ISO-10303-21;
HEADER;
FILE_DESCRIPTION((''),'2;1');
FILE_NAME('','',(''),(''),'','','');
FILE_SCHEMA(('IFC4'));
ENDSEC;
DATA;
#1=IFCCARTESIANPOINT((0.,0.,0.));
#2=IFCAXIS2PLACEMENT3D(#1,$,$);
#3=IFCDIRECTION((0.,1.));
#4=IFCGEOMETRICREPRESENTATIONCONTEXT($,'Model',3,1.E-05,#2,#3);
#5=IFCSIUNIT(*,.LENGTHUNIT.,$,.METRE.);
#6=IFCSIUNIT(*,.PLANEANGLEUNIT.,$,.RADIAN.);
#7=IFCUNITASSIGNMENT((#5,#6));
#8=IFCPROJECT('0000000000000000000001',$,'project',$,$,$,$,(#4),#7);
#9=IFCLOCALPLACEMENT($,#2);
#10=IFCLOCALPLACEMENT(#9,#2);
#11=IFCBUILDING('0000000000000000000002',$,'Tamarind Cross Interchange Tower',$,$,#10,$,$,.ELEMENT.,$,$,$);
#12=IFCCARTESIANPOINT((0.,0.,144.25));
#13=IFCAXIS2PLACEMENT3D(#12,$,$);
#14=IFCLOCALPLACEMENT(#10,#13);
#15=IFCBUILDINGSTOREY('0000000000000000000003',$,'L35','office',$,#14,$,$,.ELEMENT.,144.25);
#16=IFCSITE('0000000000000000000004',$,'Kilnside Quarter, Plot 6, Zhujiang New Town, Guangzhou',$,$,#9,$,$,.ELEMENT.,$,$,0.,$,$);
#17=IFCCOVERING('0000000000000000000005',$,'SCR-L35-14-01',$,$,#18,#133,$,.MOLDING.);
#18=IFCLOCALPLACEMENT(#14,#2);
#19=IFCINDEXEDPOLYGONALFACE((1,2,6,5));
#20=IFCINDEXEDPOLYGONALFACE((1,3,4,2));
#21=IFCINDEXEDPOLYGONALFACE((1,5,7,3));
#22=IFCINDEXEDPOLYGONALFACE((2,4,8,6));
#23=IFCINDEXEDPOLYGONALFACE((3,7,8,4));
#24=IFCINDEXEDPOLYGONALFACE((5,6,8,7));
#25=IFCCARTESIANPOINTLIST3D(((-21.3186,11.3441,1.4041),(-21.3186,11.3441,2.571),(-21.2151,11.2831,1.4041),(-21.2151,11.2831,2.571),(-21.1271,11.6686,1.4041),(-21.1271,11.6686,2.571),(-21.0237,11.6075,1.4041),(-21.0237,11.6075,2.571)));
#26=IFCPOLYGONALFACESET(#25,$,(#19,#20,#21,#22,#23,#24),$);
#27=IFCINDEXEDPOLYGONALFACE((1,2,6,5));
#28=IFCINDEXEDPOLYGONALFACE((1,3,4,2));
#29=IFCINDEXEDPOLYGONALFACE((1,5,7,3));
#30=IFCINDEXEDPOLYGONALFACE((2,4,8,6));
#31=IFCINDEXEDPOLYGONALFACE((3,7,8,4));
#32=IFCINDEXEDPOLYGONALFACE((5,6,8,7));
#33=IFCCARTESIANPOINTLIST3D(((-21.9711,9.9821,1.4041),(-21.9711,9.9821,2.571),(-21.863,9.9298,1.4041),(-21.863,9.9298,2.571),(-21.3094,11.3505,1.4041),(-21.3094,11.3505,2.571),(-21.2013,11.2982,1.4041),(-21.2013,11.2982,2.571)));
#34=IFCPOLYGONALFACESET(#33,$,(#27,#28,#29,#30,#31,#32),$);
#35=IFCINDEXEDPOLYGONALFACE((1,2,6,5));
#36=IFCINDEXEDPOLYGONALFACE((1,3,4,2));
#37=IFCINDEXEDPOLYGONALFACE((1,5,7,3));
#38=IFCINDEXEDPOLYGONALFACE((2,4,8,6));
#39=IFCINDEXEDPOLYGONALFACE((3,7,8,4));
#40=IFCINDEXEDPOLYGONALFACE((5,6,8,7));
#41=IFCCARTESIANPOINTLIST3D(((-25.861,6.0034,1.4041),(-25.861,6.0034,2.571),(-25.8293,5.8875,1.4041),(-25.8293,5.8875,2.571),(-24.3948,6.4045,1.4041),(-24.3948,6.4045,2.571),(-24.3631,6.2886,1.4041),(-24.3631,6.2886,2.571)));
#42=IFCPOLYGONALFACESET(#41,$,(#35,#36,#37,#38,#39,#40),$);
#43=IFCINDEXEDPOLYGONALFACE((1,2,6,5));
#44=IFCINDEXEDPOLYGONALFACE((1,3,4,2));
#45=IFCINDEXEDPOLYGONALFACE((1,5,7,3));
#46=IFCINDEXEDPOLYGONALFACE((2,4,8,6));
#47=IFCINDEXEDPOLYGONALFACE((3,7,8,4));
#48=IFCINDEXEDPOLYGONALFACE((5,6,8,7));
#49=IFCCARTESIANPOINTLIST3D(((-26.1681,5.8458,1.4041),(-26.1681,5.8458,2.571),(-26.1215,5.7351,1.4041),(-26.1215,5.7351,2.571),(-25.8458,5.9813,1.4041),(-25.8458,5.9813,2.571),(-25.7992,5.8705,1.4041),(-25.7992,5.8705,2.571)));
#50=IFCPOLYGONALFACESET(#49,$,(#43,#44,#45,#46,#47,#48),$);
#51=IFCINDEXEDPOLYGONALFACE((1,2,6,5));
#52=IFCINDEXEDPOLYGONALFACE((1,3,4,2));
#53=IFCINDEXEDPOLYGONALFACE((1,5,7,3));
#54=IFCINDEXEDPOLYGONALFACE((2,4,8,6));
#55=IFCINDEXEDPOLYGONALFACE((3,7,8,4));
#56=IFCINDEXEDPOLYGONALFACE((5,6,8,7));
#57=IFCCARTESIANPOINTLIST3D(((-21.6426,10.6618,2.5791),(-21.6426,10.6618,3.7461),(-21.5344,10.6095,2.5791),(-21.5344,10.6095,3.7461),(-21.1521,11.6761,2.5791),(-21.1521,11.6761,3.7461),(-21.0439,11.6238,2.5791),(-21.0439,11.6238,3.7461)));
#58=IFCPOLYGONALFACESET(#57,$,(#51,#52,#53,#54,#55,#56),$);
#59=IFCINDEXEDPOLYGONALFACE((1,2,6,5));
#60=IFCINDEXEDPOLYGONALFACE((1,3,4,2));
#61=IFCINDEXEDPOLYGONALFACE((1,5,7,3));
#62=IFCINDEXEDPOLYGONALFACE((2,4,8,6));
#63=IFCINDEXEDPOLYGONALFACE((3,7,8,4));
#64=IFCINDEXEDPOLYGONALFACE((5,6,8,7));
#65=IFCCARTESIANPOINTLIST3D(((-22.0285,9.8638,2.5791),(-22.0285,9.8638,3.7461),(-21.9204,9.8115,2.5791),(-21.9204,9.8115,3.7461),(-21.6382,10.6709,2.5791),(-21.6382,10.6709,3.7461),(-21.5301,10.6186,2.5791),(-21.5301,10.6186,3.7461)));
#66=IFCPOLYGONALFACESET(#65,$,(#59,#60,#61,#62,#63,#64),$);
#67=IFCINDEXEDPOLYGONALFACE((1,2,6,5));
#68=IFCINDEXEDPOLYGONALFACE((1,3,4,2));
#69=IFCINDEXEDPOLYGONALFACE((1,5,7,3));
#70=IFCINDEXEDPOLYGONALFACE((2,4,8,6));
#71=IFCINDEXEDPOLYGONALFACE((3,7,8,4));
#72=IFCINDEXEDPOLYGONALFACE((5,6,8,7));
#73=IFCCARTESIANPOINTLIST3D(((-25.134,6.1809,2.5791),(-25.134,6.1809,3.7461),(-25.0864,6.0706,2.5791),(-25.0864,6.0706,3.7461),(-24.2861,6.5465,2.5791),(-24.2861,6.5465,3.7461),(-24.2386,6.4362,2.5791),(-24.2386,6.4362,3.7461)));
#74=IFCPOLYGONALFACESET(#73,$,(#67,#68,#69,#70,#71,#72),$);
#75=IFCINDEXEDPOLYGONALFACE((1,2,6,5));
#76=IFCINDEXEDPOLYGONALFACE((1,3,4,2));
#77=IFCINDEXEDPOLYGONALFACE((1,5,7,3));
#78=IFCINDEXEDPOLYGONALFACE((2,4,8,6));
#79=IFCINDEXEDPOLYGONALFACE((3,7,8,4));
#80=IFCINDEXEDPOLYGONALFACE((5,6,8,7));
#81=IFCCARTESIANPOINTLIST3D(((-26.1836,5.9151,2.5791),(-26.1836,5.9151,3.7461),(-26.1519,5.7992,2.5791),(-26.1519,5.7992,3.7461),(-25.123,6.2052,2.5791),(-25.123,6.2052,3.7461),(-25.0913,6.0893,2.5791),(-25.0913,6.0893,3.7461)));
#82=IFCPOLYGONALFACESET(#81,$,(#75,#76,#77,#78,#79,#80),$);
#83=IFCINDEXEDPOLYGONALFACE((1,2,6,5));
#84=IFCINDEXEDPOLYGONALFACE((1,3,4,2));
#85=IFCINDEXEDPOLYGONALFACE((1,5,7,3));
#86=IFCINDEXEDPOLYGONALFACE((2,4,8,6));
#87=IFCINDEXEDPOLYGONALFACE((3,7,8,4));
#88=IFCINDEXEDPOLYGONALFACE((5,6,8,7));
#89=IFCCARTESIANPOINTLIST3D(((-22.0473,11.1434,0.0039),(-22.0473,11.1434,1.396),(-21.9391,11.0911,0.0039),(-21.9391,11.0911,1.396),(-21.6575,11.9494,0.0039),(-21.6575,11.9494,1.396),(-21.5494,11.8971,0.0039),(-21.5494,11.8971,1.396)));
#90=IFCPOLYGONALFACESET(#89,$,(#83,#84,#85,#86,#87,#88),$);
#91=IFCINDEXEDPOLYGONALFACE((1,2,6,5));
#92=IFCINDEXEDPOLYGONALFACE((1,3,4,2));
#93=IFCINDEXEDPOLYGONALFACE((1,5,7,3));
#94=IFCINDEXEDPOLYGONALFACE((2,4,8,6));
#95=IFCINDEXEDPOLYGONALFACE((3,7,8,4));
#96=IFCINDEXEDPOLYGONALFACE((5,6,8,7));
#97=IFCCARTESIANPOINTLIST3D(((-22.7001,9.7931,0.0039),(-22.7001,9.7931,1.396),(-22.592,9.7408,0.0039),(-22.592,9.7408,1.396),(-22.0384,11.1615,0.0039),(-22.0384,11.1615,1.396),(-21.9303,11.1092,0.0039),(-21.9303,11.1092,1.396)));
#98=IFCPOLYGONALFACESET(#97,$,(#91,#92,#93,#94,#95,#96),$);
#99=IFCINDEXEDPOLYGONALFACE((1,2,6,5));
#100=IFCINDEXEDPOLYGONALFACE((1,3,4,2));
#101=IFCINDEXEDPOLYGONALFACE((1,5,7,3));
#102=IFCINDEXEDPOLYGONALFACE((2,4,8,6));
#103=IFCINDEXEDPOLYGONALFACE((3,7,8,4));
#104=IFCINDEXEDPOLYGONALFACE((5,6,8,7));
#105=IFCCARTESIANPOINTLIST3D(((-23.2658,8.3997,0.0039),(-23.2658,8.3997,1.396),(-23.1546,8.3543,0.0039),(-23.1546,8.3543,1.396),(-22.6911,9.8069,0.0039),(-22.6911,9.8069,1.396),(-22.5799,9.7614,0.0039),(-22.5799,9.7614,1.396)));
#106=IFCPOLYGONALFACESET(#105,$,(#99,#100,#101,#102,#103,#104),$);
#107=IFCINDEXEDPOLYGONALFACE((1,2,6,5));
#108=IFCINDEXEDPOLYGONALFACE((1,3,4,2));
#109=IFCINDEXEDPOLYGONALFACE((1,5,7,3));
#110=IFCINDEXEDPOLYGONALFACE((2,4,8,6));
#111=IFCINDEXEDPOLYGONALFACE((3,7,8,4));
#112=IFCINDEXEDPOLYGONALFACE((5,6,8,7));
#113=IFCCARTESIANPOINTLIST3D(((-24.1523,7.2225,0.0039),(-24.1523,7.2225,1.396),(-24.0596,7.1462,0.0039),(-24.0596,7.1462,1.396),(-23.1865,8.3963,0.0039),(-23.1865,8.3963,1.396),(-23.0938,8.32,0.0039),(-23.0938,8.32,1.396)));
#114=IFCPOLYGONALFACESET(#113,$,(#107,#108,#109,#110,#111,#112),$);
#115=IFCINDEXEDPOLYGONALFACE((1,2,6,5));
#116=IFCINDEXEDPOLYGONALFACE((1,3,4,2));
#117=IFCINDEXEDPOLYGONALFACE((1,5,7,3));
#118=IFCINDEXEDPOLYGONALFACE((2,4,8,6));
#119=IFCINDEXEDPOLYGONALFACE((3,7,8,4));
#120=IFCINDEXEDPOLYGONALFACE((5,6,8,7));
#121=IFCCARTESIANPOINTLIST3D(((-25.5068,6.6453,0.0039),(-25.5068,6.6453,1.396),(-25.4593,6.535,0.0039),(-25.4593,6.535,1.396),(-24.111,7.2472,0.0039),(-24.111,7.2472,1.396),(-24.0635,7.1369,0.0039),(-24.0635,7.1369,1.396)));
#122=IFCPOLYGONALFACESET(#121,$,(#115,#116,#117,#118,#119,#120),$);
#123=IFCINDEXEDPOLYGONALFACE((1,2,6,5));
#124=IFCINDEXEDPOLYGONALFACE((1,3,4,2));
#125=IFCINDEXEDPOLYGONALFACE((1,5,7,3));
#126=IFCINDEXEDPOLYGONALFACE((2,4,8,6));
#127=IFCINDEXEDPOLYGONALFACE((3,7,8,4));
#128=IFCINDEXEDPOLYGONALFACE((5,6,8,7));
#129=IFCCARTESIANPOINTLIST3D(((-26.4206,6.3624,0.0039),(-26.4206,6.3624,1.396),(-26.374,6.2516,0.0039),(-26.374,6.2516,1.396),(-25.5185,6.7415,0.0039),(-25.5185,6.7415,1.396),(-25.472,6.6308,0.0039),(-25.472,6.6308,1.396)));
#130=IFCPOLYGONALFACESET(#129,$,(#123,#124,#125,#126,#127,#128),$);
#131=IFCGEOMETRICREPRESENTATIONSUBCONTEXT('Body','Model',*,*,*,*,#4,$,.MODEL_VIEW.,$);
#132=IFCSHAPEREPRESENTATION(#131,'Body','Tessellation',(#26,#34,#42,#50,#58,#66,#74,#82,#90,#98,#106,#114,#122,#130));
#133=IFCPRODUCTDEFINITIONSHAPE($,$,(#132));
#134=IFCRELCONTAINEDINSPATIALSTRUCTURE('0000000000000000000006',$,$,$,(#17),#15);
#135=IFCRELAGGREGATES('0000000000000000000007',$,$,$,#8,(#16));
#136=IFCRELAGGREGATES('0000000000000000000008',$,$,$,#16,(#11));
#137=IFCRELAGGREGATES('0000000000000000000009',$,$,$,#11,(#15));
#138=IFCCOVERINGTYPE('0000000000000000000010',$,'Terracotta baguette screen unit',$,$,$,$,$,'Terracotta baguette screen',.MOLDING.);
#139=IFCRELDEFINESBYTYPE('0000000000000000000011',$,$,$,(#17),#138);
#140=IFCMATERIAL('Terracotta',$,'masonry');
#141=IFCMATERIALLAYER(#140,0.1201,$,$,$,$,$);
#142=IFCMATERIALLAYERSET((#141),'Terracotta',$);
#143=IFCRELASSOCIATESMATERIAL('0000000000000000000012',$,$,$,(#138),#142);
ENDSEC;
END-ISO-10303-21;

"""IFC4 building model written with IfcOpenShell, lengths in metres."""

from ifc_helpers import new_model, si_unit, direction, frame, origin, origin_2d, place, context, subcontext, project, spatial, rectangle, extrude, material, layer, layer_set, type_object, element, save


model = new_model("IFC4")

# Units and contexts
model_context = context("Model", 3, precision=1e-05, world=origin(), true_north=direction((0.0, 1.0)))
body_context = subcontext(model_context, "Body", "Model", "MODEL_VIEW")
ifc_project = project(units=[si_unit("LENGTHUNIT", "METRE"), si_unit("PLANEANGLEUNIT", "RADIAN")], contexts=[model_context])

# Site, building, storey
site_placement = place(None, origin())
site = spatial("IfcSite", under=ifc_project, at=site_placement, Name="Kilnside Quarter, Plot 6, Zhujiang New Town, Guangzhou", CompositionType="ELEMENT", RefElevation=0.0)
building_placement = place(site_placement, origin())
building = spatial("IfcBuilding", under=site, at=building_placement, Name="Tamarind Cross Interchange Tower", CompositionType="ELEMENT")
storey_placement = place(building_placement, frame((0.0, 0.0, 144.25)))
storey = spatial("IfcBuildingStorey", under=building, at=storey_placement, Name="L35", Description="office", CompositionType="ELEMENT", Elevation=144.25)

# Covering
ifc_material_1 = material(Name="Terracotta", Category="masonry")
ifc_layer_1 = layer(ifc_material_1, 0.1201)
ifc_layer_set_1 = layer_set([ifc_layer_1], Name="Terracotta")
covering_type = type_object("IfcCoveringType", Name="Terracotta baguette screen unit", ElementType="Terracotta baguette screen", PredefinedType="MOLDING", material=ifc_layer_set_1)
covering_1_placement = place(storey_placement, origin())
element("IfcCovering", 1, at=covering_1_placement, inside=storey, type_object=covering_type, Name="SCR-L35-14-01", PredefinedType="MOLDING", context=body_context, shape_type="SweptSolid", body=[
    extrude(rectangle(XDim=0.3767, YDim=0.1201, at=origin_2d()), frame((-21.1711, 11.4758, 1.4041), z_axis=(0.0, 0.0, 1.0), x_axis=(-0.508183, -0.861249, 0.0)), (0.0, 0.0, 1.0), 1.167),
    extrude(rectangle(XDim=1.52, YDim=0.1201, at=origin_2d()), frame((-21.5862, 10.6401, 1.4041), z_axis=(0.0, 0.0, 1.0), x_axis=(-0.435326, -0.900273, 0.0)), (0.0, 0.0, 1.0), 1.167),
    extrude(rectangle(XDim=1.52, YDim=0.1201, at=origin_2d()), frame((-25.1121, 6.146, 1.4041), z_axis=(0.0, 0.0, 1.0), x_axis=(-0.964561, -0.26386, 0.0)), (0.0, 0.0, 1.0), 1.167),
    extrude(rectangle(XDim=0.3496, YDim=0.1201, at=origin_2d()), frame((-25.9836, 5.8582, 1.4041), z_axis=(0.0, 0.0, 1.0), x_axis=(-0.921869, -0.387503, 0.0)), (0.0, 0.0, 1.0), 1.167),
    extrude(rectangle(XDim=1.1267, YDim=0.1201, at=origin_2d()), frame((-21.3433, 11.1428, 2.5791), z_axis=(0.0, 0.0, 1.0), x_axis=(-0.435326, -0.900273, 0.0)), (0.0, 0.0, 1.0), 1.167),
    extrude(rectangle(XDim=0.8965, YDim=0.1201, at=origin_2d()), frame((-21.7793, 10.2412, 2.5791), z_axis=(0.0, 0.0, 1.0), x_axis=(-0.435326, -0.900273, 0.0)), (0.0, 0.0, 1.0), 1.167),
    extrude(rectangle(XDim=0.9233, YDim=0.1201, at=origin_2d()), frame((-24.6863, 6.3086, 2.5791), z_axis=(0.0, 0.0, 1.0), x_axis=(-0.918267, -0.395962, 0.0)), (0.0, 0.0, 1.0), 1.167),
    extrude(rectangle(XDim=1.0996, YDim=0.1201, at=origin_2d()), frame((-25.6375, 6.0022, 2.5791), z_axis=(0.0, 0.0, 1.0), x_axis=(-0.964561, -0.26386, 0.0)), (0.0, 0.0, 1.0), 1.167),
    extrude(rectangle(XDim=0.8953, YDim=0.1201, at=origin_2d()), frame((-21.7983, 11.5203, 0.0039), z_axis=(0.0, 0.0, 1.0), x_axis=(-0.435326, -0.900273, 0.0)), (0.0, 0.0, 1.0), 1.3921),
    extrude(rectangle(XDim=1.52, YDim=0.1201, at=origin_2d()), frame((-22.3152, 10.4512, 0.0039), z_axis=(0.0, 0.0, 1.0), x_axis=(-0.435326, -0.900273, 0.0)), (0.0, 0.0, 1.0), 1.3921),
    extrude(rectangle(XDim=1.52, YDim=0.1201, at=origin_2d()), frame((-22.9229, 9.0806, 0.0039), z_axis=(0.0, 0.0, 1.0), x_axis=(-0.378105, -0.925763, 0.0)), (0.0, 0.0, 1.0), 1.3921),
    extrude(rectangle(XDim=1.52, YDim=0.1201, at=origin_2d()), frame((-23.623, 7.7712, 0.0039), z_axis=(0.0, 0.0, 1.0), x_axis=(-0.635369, -0.772209, 0.0)), (0.0, 0.0, 1.0), 1.3921),
    extrude(rectangle(XDim=1.52, YDim=0.1201, at=origin_2d()), frame((-24.7852, 6.8911, 0.0039), z_axis=(0.0, 0.0, 1.0), x_axis=(-0.918267, -0.395962, 0.0)), (0.0, 0.0, 1.0), 1.3921),
    extrude(rectangle(XDim=0.9785, YDim=0.1201, at=origin_2d()), frame((-25.9463, 6.4966, 0.0039), z_axis=(0.0, 0.0, 1.0), x_axis=(-0.921869, -0.387503, 0.0)), (0.0, 0.0, 1.0), 1.3921),
])

save(model, "model.ifc")
